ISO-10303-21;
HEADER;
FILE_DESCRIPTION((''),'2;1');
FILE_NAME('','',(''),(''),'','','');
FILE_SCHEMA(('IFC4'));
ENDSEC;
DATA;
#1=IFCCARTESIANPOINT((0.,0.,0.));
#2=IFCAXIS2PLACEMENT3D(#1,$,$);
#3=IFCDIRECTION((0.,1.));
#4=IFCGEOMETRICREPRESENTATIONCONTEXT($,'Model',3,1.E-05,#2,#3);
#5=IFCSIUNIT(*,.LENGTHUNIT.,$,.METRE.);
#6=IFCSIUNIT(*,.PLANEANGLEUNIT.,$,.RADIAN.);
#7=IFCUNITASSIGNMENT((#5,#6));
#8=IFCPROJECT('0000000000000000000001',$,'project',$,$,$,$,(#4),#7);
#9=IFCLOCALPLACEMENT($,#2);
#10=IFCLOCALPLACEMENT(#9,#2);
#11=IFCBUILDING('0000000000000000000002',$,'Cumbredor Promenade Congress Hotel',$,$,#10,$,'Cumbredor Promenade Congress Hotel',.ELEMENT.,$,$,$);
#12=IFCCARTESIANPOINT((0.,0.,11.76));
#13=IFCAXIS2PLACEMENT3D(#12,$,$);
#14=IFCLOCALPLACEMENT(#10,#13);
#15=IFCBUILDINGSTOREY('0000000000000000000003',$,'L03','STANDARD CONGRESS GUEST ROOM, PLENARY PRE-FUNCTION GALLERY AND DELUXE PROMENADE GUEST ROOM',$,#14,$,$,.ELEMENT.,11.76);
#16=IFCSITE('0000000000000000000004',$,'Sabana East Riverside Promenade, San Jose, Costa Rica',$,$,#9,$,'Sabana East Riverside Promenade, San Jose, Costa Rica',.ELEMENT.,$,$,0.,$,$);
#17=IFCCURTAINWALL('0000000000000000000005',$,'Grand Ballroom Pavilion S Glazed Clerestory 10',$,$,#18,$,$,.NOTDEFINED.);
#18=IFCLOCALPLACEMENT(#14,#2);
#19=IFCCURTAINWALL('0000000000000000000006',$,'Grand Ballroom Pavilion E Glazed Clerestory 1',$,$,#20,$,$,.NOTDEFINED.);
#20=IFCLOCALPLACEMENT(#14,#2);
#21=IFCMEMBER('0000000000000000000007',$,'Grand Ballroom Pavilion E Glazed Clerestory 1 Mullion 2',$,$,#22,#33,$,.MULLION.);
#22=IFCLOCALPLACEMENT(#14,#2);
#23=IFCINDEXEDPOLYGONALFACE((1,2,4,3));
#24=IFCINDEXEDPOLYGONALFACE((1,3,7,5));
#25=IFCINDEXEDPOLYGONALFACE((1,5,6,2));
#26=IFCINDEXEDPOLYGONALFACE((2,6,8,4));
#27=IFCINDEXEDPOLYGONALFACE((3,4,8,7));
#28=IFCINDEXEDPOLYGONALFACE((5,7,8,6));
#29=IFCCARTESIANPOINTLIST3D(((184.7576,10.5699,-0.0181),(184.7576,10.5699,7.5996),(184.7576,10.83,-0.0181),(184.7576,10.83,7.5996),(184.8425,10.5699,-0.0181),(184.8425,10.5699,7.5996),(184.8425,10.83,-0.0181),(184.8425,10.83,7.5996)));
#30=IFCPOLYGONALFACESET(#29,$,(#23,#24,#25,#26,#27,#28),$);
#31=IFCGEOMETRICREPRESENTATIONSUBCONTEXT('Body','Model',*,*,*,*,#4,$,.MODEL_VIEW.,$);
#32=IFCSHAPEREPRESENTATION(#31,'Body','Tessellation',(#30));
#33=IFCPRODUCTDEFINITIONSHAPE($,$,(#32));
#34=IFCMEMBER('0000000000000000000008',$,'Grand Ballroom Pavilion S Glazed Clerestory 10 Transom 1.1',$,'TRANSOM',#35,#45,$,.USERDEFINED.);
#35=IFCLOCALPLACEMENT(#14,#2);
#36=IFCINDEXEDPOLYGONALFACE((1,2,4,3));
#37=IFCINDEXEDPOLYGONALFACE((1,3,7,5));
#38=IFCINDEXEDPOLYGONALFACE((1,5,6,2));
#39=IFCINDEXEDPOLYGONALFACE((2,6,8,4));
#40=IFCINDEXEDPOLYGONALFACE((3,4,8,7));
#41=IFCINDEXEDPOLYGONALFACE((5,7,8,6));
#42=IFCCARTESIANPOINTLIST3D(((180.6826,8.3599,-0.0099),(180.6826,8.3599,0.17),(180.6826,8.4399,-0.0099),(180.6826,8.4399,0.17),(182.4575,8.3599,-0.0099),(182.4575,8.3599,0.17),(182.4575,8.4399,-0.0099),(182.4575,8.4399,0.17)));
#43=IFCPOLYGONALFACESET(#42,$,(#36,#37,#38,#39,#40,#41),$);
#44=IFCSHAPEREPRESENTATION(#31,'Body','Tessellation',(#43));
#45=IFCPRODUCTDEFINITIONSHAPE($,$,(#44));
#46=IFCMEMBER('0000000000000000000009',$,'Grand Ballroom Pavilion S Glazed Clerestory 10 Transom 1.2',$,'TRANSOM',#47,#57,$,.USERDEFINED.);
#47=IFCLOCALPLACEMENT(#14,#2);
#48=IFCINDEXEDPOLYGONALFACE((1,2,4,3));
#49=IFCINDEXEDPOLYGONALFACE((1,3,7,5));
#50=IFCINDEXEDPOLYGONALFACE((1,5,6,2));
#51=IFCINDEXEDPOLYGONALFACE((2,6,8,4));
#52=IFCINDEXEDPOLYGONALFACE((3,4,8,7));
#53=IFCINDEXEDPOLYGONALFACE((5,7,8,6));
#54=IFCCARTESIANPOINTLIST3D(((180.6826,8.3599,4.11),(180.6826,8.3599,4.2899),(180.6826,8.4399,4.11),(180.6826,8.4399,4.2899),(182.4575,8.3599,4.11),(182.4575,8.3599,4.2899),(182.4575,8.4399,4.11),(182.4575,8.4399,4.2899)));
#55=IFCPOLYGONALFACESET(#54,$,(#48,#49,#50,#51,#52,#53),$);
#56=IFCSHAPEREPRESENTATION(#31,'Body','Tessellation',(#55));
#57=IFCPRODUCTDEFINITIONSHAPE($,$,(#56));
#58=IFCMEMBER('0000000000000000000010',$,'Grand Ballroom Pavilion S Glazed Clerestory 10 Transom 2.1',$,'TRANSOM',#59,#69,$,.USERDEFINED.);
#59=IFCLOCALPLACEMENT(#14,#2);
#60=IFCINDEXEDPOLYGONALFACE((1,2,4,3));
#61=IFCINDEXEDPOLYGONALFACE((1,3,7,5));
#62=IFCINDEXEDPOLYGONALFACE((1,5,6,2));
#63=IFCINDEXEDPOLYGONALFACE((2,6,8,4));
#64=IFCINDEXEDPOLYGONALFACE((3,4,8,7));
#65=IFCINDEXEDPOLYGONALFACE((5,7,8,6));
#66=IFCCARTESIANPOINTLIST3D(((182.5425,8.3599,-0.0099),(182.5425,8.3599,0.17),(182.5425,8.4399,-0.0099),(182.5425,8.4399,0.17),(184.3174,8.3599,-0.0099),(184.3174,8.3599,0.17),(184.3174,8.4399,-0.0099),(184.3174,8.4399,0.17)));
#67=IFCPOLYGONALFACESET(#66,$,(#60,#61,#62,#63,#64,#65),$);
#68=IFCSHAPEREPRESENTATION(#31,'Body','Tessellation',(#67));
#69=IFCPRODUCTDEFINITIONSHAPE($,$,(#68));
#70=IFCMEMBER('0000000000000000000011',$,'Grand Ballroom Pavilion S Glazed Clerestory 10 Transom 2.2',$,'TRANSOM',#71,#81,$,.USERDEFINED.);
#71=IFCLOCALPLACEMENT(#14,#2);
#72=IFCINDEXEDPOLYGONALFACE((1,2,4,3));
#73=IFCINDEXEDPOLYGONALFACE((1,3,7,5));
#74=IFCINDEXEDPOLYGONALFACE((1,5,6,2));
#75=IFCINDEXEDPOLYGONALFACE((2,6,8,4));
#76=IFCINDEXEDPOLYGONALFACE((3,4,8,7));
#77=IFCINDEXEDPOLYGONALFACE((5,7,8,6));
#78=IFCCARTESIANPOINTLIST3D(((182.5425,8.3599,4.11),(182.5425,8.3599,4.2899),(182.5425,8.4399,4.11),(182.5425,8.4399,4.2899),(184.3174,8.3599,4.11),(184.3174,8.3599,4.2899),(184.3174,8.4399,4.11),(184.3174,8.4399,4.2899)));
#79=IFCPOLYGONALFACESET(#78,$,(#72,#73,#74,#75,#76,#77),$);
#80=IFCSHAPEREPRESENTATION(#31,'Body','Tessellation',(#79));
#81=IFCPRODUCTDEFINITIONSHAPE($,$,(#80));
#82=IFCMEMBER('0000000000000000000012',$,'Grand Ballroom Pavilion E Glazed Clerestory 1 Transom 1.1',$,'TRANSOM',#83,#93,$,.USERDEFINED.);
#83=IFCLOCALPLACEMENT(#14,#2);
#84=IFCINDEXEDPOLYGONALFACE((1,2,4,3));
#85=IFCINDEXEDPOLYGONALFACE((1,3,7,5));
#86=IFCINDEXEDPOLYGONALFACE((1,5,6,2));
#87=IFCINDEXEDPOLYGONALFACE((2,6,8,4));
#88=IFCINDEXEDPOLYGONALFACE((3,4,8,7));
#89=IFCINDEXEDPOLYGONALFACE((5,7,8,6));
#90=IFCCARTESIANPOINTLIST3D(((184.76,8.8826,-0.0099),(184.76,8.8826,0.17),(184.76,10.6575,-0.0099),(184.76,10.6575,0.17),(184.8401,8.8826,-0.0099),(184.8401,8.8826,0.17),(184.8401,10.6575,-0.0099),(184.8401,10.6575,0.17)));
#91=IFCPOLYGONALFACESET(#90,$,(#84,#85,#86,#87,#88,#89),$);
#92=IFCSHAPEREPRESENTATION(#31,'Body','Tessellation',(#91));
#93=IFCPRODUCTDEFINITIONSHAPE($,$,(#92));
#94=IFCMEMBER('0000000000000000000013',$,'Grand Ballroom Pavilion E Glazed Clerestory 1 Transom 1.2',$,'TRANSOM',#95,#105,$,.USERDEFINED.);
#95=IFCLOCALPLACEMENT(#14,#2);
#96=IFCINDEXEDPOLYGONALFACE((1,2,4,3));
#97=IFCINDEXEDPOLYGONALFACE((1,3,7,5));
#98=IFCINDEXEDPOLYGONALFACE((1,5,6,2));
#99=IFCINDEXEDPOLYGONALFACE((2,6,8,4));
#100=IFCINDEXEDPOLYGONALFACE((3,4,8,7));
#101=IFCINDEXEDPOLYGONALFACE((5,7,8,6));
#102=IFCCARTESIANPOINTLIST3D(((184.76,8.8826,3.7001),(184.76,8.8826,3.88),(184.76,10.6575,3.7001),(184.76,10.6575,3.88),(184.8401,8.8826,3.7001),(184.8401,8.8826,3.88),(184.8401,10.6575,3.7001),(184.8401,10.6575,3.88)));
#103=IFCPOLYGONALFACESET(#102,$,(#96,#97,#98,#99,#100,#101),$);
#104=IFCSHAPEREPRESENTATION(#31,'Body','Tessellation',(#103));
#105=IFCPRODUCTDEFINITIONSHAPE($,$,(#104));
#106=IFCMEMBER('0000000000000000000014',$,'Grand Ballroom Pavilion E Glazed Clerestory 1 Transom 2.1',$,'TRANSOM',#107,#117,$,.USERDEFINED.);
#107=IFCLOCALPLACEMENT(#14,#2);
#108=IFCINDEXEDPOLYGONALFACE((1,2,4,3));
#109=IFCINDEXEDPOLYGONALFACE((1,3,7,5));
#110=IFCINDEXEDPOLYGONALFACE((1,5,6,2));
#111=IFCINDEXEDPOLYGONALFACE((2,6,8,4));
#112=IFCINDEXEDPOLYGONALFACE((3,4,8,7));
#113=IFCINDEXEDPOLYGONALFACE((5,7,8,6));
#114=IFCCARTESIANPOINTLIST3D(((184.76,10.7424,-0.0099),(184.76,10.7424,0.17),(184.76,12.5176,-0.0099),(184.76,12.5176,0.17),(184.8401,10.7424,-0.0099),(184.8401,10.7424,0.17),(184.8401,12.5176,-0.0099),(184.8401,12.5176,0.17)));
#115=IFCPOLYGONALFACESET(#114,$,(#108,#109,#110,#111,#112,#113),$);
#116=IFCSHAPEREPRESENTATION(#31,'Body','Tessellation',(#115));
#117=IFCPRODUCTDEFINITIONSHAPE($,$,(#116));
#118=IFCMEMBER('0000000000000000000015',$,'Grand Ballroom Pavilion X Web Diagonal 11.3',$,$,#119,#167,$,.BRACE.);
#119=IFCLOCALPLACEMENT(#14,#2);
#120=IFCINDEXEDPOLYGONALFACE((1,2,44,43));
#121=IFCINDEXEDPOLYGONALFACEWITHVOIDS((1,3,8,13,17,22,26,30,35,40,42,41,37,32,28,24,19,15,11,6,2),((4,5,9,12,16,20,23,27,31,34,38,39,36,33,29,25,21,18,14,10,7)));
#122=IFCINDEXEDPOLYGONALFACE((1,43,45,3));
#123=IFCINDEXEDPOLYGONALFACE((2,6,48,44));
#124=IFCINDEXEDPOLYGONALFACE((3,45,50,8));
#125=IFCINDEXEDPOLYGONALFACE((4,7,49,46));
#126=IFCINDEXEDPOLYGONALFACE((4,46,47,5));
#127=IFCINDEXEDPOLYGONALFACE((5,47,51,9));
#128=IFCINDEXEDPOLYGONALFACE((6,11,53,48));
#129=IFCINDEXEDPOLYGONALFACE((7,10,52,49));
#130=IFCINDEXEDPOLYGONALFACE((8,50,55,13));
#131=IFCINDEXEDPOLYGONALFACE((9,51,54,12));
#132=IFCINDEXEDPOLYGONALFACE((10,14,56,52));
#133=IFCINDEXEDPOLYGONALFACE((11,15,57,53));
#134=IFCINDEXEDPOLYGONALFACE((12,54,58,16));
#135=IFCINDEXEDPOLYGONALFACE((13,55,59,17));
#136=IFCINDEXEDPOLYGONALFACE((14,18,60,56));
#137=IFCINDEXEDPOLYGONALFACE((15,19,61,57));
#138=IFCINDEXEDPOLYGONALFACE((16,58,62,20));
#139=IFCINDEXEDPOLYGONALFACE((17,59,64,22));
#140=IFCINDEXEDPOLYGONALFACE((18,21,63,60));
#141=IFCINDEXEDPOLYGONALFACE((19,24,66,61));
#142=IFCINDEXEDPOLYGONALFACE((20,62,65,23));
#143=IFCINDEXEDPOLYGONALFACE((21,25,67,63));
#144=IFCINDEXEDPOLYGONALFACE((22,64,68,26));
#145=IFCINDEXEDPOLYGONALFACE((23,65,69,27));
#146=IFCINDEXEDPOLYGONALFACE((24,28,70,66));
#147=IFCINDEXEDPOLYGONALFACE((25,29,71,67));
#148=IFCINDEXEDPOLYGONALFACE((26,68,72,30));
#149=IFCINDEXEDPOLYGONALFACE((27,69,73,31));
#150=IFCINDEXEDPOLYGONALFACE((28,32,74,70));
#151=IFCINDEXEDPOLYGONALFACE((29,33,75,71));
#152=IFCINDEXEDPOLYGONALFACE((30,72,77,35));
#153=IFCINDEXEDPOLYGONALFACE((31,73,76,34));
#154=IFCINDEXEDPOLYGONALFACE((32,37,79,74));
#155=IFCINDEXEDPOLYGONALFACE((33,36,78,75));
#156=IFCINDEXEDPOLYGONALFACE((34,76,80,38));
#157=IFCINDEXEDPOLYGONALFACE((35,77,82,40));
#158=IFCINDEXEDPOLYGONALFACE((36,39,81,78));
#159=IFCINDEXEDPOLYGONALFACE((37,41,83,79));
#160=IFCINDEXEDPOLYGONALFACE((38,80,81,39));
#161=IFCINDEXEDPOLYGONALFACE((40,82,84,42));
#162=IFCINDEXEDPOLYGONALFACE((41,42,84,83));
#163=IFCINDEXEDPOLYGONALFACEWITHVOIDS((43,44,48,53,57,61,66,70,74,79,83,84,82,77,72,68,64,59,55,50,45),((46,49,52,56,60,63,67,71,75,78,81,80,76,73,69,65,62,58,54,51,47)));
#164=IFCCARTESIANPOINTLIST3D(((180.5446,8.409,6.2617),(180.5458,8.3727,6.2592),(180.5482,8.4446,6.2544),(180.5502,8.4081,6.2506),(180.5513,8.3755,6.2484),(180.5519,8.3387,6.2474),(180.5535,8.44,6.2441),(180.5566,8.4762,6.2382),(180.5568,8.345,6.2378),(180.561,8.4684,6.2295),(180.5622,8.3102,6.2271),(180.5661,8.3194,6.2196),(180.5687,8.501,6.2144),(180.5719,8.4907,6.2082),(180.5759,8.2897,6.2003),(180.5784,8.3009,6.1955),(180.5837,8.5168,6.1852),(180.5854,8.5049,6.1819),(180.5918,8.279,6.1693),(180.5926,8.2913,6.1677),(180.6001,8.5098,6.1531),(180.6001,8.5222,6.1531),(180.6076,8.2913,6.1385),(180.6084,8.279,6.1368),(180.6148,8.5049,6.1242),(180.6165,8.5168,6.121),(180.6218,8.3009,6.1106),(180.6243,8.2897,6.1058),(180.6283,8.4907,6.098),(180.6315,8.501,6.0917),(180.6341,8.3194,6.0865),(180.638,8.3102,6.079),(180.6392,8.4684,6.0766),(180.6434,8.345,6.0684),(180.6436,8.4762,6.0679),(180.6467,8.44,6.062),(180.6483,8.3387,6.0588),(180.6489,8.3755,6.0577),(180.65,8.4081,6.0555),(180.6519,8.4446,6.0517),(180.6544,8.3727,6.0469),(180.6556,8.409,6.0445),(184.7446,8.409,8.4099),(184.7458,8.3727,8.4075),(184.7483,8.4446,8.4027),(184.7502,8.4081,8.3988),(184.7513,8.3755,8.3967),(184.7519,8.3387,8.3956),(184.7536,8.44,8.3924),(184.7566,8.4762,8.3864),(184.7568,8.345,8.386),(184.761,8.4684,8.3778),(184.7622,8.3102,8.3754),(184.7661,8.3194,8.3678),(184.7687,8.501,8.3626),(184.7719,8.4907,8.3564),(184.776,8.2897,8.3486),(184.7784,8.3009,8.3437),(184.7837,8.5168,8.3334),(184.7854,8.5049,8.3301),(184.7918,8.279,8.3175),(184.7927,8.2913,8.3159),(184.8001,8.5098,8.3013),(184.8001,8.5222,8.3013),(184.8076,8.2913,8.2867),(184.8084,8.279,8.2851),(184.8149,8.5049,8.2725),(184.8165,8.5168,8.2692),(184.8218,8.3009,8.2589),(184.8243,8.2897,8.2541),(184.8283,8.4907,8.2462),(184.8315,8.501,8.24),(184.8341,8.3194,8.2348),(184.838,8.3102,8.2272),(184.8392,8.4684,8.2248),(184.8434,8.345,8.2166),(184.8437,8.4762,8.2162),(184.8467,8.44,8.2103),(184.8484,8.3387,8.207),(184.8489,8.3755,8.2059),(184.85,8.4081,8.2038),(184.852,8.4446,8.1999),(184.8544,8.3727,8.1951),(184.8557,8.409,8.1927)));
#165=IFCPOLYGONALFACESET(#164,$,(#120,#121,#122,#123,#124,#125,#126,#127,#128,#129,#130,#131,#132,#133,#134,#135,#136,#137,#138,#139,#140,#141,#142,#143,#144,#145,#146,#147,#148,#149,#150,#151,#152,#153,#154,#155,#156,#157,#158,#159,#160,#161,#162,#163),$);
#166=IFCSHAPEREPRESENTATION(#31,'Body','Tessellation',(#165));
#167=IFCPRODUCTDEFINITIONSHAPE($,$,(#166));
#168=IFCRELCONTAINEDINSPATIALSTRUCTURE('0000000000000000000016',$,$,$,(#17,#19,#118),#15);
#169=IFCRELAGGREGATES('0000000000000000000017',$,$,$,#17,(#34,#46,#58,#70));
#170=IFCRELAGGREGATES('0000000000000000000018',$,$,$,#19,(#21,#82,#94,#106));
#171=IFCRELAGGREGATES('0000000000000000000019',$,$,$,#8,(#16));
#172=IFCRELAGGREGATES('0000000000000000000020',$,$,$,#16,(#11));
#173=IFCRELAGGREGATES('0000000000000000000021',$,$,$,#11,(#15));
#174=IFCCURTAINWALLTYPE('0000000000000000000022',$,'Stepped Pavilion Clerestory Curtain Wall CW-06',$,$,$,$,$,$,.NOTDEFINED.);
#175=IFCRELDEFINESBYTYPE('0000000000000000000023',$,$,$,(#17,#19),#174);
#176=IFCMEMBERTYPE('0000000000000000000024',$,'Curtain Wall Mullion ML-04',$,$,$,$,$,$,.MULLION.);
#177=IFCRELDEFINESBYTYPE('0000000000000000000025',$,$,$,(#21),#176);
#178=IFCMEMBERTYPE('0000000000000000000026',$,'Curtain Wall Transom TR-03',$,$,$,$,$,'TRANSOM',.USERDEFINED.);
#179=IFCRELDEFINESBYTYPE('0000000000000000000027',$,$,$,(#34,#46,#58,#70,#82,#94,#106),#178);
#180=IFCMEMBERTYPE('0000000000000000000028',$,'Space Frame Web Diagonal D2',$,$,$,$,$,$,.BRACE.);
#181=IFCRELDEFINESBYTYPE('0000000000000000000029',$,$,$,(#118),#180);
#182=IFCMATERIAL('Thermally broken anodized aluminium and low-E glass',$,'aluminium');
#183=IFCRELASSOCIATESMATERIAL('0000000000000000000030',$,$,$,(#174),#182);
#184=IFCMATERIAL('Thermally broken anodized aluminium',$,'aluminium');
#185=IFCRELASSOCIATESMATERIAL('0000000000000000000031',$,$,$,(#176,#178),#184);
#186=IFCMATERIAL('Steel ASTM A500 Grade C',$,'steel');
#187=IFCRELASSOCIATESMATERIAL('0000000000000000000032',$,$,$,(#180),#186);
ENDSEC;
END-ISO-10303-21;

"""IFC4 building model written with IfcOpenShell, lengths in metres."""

from ifc_helpers import new_model, si_unit, direction, frame, origin, origin_2d, place, context, subcontext, project, spatial, rectangle, hollow_circle, extrude, material, material_profile, profile_set, type_object, element, aggregate, save


model = new_model("IFC4")

# Units and contexts
model_context = context("Model", 3, precision=1e-05, world=origin(), true_north=direction((0.0, 1.0)))
body_context = subcontext(model_context, "Body", "Model", "MODEL_VIEW")
ifc_project = project(units=[si_unit("LENGTHUNIT", "METRE"), si_unit("PLANEANGLEUNIT", "RADIAN")], contexts=[model_context])

# Site, building, storey
site_placement = place(None, origin())
site = spatial("IfcSite", under=ifc_project, at=site_placement, Name="Sabana East Riverside Promenade, San Jose, Costa Rica", LongName="Sabana East Riverside Promenade, San Jose, Costa Rica", CompositionType="ELEMENT", RefElevation=0.0)
building_placement = place(site_placement, origin())
building = spatial("IfcBuilding", under=site, at=building_placement, Name="Cumbredor Promenade Congress Hotel", LongName="Cumbredor Promenade Congress Hotel", CompositionType="ELEMENT")
storey_placement = place(building_placement, frame((0.0, 0.0, 11.76)))
storey = spatial("IfcBuildingStorey", under=building, at=storey_placement, Name="L03", Description="STANDARD CONGRESS GUEST ROOM, PLENARY PRE-FUNCTION GALLERY AND DELUXE PROMENADE GUEST ROOM", CompositionType="ELEMENT", Elevation=11.76)

# Shared definitions
ifc_material_1 = material(Name="Steel ASTM A500 Grade C", Category="steel")

# Curtain walls, member
ifc_material_2 = material(Name="Thermally broken anodized aluminium and low-E glass", Category="aluminium")
curtain_wall_type = type_object("IfcCurtainWallType", Name="Stepped Pavilion Clerestory Curtain Wall CW-06", PredefinedType="NOTDEFINED", material=ifc_material_2)
curtain_wall_1_placement = place(storey_placement, origin())
curtain_wall_1 = element("IfcCurtainWall", 1, at=curtain_wall_1_placement, inside=storey, type_object=curtain_wall_type, Name="Grand Ballroom Pavilion S Glazed Clerestory 10", PredefinedType="NOTDEFINED")
ifc_material_3 = material(Name="Thermally broken anodized aluminium", Category="aluminium")
ifc_material_profile_1 = material_profile(ifc_material_3, rectangle(XDim=0.085, YDim=0.26, at=origin_2d()), Name="ALU MULLION CLERESTORY 85x260")
ifc_profile_set_1 = profile_set([ifc_material_profile_1], Name="Thermally broken anodized aluminium")
member_type_1 = type_object("IfcMemberType", Name="Curtain Wall Mullion ML-04", PredefinedType="MULLION", material=ifc_profile_set_1)
curtain_wall_2_placement = place(storey_placement, origin())
curtain_wall_2 = element("IfcCurtainWall", 2, at=curtain_wall_2_placement, inside=storey, type_object=curtain_wall_type, Name="Grand Ballroom Pavilion E Glazed Clerestory 1", PredefinedType="NOTDEFINED")
member_1_placement = place(storey_placement, frame((184.8, 10.7, -0.0181), z_axis=(0.0, 0.0, 1.0), x_axis=(1.0, 0.0, 0.0)))
member_1 = element("IfcMember", 3, at=member_1_placement, type_object=member_type_1, Name="Grand Ballroom Pavilion E Glazed Clerestory 1 Mullion 2", PredefinedType="MULLION", context=body_context, shape_type="SweptSolid", body=[
    extrude(rectangle(XDim=0.085, YDim=0.26, at=origin_2d()), origin(), (0.0, 0.0, 1.0), 7.6177),
])

# Members
ifc_material_profile_2 = material_profile(ifc_material_3, rectangle(XDim=0.0801, YDim=0.1799, at=origin_2d()), Name="ALU TRANSOM 80x180")
ifc_profile_set_2 = profile_set([ifc_material_profile_2], Name="Thermally broken anodized aluminium")
member_type_2 = type_object("IfcMemberType", Name="Curtain Wall Transom TR-03", ElementType="TRANSOM", PredefinedType="USERDEFINED", material=ifc_profile_set_2)
member_2_placement = place(storey_placement, frame((180.6826, 8.3999, 0.0801), z_axis=(1.0, 0.0, 0.0), x_axis=(0.0, 1.0, 0.0)))
member_2 = element("IfcMember", 4, at=member_2_placement, type_object=member_type_2, Name="Grand Ballroom Pavilion S Glazed Clerestory 10 Transom 1.1", ObjectType="TRANSOM", PredefinedType="USERDEFINED", context=body_context, shape_type="SweptSolid", body=[
    extrude(rectangle(XDim=0.0801, YDim=0.1799, at=origin_2d()), origin(), (0.0, 0.0, 1.0), 1.7749),
])
member_3_placement = place(storey_placement, frame((180.6826, 8.3999, 4.2), z_axis=(1.0, 0.0, 0.0), x_axis=(0.0, 1.0, 0.0)))
member_3 = element("IfcMember", 5, at=member_3_placement, type_object=member_type_2, Name="Grand Ballroom Pavilion S Glazed Clerestory 10 Transom 1.2", ObjectType="TRANSOM", PredefinedType="USERDEFINED", context=body_context, shape_type="SweptSolid", body=[
    extrude(rectangle(XDim=0.0801, YDim=0.1799, at=origin_2d()), origin(), (0.0, 0.0, 1.0), 1.7749),
])
member_4_placement = place(storey_placement, frame((182.5425, 8.3999, 0.0801), z_axis=(1.0, 0.0, 0.0), x_axis=(0.0, 1.0, 0.0)))
member_4 = element("IfcMember", 6, at=member_4_placement, type_object=member_type_2, Name="Grand Ballroom Pavilion S Glazed Clerestory 10 Transom 2.1", ObjectType="TRANSOM", PredefinedType="USERDEFINED", context=body_context, shape_type="SweptSolid", body=[
    extrude(rectangle(XDim=0.0801, YDim=0.1799, at=origin_2d()), origin(), (0.0, 0.0, 1.0), 1.7749),
])
member_5_placement = place(storey_placement, frame((182.5425, 8.3999, 4.2), z_axis=(1.0, 0.0, 0.0), x_axis=(0.0, 1.0, 0.0)))
member_5 = element("IfcMember", 7, at=member_5_placement, type_object=member_type_2, Name="Grand Ballroom Pavilion S Glazed Clerestory 10 Transom 2.2", ObjectType="TRANSOM", PredefinedType="USERDEFINED", context=body_context, shape_type="SweptSolid", body=[
    extrude(rectangle(XDim=0.0801, YDim=0.1799, at=origin_2d()), origin(), (0.0, 0.0, 1.0), 1.7749),
])
member_6_placement = place(storey_placement, frame((184.8, 8.8826, 0.0801), z_axis=(0.0, 1.0, 0.0), x_axis=(-1.0, 0.0, 0.0)))
member_6 = element("IfcMember", 8, at=member_6_placement, type_object=member_type_2, Name="Grand Ballroom Pavilion E Glazed Clerestory 1 Transom 1.1", ObjectType="TRANSOM", PredefinedType="USERDEFINED", context=body_context, shape_type="SweptSolid", body=[
    extrude(rectangle(XDim=0.0801, YDim=0.1799, at=origin_2d()), origin(), (0.0, 0.0, 1.0), 1.7749),
])
member_7_placement = place(storey_placement, frame((184.8, 8.8826, 3.79), z_axis=(0.0, 1.0, 0.0), x_axis=(-1.0, 0.0, 0.0)))
member_7 = element("IfcMember", 9, at=member_7_placement, type_object=member_type_2, Name="Grand Ballroom Pavilion E Glazed Clerestory 1 Transom 1.2", ObjectType="TRANSOM", PredefinedType="USERDEFINED", context=body_context, shape_type="SweptSolid", body=[
    extrude(rectangle(XDim=0.0801, YDim=0.1799, at=origin_2d()), origin(), (0.0, 0.0, 1.0), 1.7749),
])
member_8_placement = place(storey_placement, frame((184.8, 10.7424, 0.0801), z_axis=(0.0, 1.0, 0.0), x_axis=(-1.0, 0.0, 0.0)))
member_8 = element("IfcMember", 10, at=member_8_placement, type_object=member_type_2, Name="Grand Ballroom Pavilion E Glazed Clerestory 1 Transom 2.1", ObjectType="TRANSOM", PredefinedType="USERDEFINED", context=body_context, shape_type="SweptSolid", body=[
    extrude(rectangle(XDim=0.0801, YDim=0.1799, at=origin_2d()), origin(), (0.0, 0.0, 1.0), 1.7751),
])

# Member
ifc_material_profile_3 = material_profile(ifc_material_1, hollow_circle(Radius=0.1223, WallThickness=0.0125, at=origin_2d()), Name="CHS 244.5x12.5")
ifc_profile_set_3 = profile_set([ifc_material_profile_3], Name="Steel ASTM A500 Grade C")
member_type_3 = type_object("IfcMemberType", Name="Space Frame Web Diagonal D2", PredefinedType="BRACE", material=ifc_profile_set_3)
member_9_placement = place(storey_placement, frame((180.6001, 8.3999, 6.1531), z_axis=(0.890301, 0.0, 0.455372), x_axis=(0.0, 1.0, 0.0)))
element("IfcMember", 11, at=member_9_placement, inside=storey, type_object=member_type_3, Name="Grand Ballroom Pavilion X Web Diagonal 11.3", PredefinedType="BRACE", context=body_context, shape_type="SweptSolid", body=[
    extrude(hollow_circle(Radius=0.1223, WallThickness=0.0125, at=origin_2d()), origin(), (0.0, 0.0, 1.0), 4.7175),
])

aggregate(curtain_wall_1, [member_2, member_3, member_4, member_5])
aggregate(curtain_wall_2, [member_1, member_6, member_7, member_8])

save(model, "model.ifc")
